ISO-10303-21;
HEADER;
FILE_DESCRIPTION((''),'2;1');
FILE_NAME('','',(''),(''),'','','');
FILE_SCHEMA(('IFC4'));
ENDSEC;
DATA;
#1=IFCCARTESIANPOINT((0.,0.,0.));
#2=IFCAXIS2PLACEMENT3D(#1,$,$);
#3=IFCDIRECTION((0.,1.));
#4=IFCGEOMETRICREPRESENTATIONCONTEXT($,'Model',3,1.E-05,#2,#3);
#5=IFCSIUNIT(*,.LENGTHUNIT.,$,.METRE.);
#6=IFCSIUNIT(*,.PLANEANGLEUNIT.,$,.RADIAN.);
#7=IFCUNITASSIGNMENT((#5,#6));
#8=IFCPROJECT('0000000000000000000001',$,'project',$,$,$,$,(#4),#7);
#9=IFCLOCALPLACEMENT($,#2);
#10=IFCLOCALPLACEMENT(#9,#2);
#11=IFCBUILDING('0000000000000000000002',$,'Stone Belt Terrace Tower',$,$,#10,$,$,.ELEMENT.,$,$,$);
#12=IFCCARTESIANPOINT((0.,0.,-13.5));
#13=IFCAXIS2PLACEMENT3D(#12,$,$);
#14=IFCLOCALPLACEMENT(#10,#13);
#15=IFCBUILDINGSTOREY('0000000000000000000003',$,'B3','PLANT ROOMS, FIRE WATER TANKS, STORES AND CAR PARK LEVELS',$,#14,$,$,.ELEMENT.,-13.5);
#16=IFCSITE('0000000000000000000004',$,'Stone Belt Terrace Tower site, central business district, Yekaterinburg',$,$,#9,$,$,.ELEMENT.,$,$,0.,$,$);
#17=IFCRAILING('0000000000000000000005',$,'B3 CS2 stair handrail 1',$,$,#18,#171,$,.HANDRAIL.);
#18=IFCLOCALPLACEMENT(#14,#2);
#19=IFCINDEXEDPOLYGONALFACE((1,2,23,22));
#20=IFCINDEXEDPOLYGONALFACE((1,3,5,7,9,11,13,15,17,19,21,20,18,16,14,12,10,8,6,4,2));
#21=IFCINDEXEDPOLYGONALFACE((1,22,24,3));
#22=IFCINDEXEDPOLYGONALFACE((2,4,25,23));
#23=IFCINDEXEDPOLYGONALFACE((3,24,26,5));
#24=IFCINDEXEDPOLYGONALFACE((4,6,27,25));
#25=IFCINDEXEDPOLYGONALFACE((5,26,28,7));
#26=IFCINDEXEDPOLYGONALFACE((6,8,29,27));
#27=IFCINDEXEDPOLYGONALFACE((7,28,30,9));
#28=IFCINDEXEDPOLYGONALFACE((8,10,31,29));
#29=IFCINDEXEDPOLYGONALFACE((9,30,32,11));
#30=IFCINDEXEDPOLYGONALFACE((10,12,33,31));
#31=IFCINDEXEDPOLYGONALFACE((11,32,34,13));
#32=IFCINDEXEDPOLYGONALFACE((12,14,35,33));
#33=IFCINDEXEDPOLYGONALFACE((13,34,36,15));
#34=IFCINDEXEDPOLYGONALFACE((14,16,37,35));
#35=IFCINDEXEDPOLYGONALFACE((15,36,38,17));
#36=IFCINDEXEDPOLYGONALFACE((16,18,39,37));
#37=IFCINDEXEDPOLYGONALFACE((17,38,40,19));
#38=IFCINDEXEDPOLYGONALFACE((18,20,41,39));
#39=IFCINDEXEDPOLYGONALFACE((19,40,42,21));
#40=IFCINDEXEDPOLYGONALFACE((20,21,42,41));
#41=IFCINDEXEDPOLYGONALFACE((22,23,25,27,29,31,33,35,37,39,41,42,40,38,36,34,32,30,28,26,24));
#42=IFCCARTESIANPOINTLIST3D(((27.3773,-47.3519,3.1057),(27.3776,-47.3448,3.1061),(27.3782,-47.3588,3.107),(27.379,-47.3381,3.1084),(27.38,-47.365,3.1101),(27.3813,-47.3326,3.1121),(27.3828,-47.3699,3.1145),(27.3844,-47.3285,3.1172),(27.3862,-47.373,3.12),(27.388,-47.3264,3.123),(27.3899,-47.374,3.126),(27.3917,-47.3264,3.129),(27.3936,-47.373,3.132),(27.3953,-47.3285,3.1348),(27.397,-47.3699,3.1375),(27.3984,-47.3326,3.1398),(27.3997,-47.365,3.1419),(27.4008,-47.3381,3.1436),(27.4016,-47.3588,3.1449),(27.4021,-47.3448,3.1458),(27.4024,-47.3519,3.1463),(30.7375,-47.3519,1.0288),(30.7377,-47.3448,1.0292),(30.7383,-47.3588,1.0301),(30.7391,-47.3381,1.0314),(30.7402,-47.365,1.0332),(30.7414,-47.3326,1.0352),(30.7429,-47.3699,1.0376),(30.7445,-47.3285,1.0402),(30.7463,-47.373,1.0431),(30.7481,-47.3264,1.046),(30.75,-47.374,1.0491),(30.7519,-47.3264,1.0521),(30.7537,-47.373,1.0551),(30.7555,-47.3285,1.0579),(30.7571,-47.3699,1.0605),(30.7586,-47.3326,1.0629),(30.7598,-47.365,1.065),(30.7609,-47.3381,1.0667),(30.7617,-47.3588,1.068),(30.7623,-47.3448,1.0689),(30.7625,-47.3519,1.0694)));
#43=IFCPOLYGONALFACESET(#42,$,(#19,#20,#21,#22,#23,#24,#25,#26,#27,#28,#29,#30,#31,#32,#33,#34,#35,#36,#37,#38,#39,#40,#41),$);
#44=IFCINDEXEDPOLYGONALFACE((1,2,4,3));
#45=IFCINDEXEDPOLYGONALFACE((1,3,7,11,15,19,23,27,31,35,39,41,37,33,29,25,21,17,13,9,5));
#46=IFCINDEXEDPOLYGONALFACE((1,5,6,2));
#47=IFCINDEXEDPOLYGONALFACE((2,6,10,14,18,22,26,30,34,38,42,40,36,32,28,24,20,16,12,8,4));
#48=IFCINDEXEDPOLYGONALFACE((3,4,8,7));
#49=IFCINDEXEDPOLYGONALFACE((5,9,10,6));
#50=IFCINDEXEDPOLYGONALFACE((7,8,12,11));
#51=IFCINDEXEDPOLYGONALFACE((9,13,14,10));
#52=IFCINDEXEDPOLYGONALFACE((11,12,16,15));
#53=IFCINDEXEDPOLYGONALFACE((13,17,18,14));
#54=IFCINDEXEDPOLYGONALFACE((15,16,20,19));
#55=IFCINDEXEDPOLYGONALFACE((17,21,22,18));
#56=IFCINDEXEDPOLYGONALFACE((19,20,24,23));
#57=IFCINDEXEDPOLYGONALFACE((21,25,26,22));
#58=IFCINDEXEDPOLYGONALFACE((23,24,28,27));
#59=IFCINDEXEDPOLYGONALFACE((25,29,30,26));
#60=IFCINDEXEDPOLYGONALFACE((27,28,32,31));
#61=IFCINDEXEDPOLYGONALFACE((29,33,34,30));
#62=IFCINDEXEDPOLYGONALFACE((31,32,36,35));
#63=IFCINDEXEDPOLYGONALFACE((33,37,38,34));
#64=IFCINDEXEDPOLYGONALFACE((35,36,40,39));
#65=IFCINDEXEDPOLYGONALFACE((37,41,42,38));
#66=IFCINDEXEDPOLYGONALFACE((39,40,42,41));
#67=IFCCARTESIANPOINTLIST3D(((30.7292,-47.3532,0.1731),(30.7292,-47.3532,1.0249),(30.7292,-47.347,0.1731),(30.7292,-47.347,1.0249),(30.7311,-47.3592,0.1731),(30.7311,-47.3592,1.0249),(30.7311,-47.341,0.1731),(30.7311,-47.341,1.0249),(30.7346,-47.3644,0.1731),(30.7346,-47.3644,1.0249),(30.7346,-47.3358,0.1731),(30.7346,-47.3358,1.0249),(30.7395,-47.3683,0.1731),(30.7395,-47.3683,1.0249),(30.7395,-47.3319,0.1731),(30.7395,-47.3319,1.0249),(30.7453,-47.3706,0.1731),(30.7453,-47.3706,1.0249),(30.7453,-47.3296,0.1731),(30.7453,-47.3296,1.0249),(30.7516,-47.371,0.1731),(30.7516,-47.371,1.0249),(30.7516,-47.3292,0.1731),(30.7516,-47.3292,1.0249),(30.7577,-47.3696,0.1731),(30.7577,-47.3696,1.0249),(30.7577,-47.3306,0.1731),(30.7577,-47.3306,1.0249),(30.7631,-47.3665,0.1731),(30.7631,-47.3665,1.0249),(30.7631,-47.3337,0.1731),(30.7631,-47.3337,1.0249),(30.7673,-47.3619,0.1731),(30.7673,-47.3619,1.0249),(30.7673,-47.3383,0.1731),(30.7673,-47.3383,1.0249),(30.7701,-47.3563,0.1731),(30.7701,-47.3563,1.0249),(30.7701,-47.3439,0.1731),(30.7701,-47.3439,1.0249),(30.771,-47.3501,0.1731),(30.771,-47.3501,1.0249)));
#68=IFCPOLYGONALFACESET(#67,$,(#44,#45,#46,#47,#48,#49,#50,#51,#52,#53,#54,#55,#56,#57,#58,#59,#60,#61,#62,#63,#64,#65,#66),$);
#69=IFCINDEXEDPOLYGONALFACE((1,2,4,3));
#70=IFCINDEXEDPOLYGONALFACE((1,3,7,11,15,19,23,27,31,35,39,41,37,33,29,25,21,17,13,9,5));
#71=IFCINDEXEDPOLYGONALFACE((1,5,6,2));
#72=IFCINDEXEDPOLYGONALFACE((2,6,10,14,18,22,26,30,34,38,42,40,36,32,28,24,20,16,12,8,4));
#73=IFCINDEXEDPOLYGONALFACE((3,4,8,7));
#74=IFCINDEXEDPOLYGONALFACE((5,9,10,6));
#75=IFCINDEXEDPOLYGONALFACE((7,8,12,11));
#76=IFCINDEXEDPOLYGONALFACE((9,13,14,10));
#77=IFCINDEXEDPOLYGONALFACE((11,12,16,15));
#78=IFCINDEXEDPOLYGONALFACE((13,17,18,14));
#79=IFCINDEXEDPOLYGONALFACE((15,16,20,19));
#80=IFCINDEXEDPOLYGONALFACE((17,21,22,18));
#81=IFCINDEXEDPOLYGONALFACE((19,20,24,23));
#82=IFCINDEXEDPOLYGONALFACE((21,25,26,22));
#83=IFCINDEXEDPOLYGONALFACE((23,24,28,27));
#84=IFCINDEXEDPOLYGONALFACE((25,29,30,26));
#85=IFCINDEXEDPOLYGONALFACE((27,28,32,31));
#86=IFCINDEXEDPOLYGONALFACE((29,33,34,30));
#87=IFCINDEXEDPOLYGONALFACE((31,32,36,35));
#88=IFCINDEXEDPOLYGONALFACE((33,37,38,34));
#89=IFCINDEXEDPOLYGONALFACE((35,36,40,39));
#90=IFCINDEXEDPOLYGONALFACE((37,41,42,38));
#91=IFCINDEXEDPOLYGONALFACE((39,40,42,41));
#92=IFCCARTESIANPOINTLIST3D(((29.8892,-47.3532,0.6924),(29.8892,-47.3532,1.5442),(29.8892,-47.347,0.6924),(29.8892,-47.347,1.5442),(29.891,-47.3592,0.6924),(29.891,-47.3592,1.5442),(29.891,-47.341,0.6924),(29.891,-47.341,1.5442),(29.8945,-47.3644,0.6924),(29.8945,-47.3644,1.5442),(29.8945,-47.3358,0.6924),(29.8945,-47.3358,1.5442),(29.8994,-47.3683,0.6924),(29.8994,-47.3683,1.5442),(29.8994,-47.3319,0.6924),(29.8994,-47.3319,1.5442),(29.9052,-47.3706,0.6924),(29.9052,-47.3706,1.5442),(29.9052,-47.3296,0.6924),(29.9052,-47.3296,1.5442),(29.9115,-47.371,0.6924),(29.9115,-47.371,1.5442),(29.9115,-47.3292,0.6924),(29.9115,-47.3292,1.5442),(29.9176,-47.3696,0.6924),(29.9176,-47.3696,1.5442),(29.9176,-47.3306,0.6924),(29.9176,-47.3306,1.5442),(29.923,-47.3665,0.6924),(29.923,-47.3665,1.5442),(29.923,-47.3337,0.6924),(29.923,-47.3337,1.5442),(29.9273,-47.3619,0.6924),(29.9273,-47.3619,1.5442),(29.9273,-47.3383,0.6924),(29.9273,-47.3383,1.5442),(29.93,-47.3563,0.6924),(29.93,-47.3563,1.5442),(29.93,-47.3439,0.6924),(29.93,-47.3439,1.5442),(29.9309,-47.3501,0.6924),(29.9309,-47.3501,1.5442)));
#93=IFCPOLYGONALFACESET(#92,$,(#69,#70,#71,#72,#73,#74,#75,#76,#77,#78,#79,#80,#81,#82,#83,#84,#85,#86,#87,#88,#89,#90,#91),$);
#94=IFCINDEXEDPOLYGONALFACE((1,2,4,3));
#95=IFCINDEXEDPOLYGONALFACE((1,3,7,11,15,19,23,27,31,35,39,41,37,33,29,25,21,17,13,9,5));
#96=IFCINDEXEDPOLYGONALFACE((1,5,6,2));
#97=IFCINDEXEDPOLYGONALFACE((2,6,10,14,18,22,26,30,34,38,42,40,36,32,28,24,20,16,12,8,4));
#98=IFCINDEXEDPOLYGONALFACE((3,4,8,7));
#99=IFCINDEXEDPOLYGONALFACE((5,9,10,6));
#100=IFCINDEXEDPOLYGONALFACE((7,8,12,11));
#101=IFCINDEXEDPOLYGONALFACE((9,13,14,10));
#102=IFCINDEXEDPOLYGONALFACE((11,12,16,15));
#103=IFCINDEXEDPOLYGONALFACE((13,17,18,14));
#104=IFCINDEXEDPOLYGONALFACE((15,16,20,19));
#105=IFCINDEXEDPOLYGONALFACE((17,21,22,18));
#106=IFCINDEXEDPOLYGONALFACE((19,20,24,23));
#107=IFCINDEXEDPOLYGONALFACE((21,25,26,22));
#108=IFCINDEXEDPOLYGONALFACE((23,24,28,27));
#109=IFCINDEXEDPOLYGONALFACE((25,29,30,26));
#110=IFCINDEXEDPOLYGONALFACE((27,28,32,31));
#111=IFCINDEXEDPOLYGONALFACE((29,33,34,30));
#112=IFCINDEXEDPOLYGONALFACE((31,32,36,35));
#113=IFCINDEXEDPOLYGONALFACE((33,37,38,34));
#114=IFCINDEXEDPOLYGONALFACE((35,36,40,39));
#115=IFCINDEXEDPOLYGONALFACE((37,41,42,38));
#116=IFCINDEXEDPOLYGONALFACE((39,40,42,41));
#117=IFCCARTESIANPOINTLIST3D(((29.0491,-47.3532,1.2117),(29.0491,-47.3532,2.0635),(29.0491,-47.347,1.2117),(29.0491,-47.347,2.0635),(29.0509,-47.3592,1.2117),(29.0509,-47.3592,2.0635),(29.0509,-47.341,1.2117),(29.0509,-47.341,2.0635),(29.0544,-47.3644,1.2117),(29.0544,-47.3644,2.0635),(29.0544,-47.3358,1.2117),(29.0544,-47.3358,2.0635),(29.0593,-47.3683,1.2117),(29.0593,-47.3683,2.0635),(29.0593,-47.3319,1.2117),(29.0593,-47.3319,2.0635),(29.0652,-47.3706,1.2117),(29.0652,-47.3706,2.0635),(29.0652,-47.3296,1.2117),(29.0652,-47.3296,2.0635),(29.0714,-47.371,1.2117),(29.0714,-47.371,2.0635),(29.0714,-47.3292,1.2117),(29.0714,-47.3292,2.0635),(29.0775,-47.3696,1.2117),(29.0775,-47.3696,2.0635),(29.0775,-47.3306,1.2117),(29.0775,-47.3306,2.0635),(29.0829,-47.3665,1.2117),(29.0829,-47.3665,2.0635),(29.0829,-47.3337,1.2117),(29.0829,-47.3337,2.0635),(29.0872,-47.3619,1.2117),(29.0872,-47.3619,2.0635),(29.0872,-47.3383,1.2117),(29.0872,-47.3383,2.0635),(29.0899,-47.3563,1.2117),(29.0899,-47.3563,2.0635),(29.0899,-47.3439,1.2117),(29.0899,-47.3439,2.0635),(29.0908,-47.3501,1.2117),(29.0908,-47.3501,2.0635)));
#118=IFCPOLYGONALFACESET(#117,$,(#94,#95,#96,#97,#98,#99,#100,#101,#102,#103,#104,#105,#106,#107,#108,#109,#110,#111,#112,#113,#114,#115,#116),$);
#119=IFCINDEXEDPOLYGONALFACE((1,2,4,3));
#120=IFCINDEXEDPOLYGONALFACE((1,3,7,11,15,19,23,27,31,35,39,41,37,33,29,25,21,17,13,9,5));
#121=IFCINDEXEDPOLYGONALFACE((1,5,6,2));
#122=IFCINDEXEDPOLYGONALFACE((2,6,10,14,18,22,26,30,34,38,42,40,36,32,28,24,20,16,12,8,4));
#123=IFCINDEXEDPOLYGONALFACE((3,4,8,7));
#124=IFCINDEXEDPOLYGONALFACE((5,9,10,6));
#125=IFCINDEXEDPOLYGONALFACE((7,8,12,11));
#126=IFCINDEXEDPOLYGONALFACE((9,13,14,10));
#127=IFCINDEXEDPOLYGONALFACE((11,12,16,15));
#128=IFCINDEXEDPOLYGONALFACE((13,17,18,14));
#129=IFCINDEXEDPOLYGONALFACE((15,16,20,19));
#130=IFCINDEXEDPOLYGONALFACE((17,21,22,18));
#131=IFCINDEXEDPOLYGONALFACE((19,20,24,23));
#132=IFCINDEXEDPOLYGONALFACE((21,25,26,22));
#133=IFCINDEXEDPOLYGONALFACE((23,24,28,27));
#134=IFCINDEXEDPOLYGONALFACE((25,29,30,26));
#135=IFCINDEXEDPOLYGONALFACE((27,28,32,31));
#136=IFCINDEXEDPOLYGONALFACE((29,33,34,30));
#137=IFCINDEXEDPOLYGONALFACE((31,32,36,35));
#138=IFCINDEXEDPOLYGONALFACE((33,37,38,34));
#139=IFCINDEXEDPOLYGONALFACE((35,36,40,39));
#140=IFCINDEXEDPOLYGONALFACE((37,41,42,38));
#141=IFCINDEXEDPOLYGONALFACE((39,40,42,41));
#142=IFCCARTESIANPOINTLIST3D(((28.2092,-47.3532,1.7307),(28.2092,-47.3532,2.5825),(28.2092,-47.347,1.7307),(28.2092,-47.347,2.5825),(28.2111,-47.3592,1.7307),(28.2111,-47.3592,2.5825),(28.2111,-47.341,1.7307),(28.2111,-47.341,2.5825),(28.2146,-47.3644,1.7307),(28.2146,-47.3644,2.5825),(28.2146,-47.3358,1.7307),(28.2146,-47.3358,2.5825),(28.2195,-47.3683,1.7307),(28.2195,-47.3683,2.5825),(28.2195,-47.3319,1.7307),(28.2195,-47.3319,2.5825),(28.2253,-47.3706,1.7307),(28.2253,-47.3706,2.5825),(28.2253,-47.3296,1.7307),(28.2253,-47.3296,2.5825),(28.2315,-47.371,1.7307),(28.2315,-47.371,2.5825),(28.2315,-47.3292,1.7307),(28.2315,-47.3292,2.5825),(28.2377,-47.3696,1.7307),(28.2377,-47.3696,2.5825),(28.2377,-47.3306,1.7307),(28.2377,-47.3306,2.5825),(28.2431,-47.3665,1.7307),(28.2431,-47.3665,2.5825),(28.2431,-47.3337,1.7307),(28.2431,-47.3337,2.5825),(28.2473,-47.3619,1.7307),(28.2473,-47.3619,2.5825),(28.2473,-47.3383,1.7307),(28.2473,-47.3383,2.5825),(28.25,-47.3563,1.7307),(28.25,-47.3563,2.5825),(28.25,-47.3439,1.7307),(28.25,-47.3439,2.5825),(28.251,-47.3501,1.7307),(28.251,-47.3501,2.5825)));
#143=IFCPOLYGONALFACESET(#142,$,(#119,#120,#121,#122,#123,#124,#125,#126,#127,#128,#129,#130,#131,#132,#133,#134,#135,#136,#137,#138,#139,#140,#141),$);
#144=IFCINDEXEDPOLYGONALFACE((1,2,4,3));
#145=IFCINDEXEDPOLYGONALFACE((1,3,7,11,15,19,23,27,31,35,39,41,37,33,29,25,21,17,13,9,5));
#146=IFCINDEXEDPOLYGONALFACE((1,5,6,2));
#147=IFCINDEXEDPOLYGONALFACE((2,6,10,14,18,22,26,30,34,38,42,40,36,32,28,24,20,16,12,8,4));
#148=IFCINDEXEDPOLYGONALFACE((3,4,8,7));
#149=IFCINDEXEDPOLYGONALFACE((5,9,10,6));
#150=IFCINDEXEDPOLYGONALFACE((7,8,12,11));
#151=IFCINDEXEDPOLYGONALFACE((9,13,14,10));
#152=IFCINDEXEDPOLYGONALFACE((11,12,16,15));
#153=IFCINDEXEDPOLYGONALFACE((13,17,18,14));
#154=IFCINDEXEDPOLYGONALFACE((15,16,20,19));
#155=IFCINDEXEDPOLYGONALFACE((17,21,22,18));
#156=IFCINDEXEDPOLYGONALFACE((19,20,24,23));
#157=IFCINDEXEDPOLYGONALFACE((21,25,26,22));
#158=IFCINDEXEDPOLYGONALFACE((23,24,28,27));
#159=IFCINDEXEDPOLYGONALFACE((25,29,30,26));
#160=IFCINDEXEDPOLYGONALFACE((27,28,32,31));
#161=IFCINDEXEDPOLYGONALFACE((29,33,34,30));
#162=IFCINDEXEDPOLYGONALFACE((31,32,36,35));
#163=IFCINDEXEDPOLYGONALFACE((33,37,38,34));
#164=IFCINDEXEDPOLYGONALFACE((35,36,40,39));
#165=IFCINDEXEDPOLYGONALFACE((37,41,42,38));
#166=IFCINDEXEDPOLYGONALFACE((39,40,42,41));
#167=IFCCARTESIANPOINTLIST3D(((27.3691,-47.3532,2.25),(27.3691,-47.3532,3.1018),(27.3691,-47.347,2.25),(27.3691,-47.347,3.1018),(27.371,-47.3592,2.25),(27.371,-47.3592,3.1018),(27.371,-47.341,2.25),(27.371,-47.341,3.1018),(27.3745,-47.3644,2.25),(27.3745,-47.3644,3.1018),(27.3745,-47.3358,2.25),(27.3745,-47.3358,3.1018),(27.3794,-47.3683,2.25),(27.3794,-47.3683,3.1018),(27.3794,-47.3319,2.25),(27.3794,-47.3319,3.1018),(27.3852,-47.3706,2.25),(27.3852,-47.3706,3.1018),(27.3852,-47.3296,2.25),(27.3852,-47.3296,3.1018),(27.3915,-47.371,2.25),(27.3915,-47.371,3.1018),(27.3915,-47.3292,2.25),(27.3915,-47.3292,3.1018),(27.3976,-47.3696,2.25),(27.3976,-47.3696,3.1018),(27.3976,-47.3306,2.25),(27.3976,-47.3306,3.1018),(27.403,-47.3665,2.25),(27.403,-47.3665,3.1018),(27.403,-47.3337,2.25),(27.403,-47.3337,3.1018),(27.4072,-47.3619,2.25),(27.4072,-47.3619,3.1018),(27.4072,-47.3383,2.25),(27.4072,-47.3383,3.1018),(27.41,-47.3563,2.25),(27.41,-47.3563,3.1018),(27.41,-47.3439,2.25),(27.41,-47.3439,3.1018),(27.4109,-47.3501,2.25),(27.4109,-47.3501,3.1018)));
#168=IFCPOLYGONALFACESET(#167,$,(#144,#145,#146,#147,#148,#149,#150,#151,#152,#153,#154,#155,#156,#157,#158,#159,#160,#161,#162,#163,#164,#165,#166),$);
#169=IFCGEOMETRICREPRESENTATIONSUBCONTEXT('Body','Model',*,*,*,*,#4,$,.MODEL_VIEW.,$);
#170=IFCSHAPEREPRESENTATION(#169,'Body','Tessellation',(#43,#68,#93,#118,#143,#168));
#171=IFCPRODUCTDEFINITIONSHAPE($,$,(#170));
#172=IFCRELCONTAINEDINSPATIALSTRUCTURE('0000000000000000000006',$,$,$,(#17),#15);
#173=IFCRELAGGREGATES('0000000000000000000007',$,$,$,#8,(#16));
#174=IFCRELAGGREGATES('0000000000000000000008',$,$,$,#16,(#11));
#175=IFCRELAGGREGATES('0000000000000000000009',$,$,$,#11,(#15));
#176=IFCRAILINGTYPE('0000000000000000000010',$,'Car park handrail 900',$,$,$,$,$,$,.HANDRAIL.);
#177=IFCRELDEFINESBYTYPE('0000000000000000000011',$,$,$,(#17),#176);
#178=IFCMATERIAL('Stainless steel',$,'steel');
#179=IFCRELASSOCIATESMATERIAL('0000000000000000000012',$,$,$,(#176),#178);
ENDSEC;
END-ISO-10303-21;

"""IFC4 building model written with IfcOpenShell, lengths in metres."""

from ifc_helpers import new_model, si_unit, direction, frame, origin, origin_2d, place, context, subcontext, project, spatial, circle, extrude, material, type_object, element, save


model = new_model("IFC4")

# Units and contexts
model_context = context("Model", 3, precision=1e-05, world=origin(), true_north=direction((0.0, 1.0)))
body_context = subcontext(model_context, "Body", "Model", "MODEL_VIEW")
ifc_project = project(units=[si_unit("LENGTHUNIT", "METRE"), si_unit("PLANEANGLEUNIT", "RADIAN")], contexts=[model_context])

# Site, building, storey
site_placement = place(None, origin())
site = spatial("IfcSite", under=ifc_project, at=site_placement, Name="Stone Belt Terrace Tower site, central business district, Yekaterinburg", CompositionType="ELEMENT", RefElevation=0.0)
building_placement = place(site_placement, origin())
building = spatial("IfcBuilding", under=site, at=building_placement, Name="Stone Belt Terrace Tower", CompositionType="ELEMENT")
storey_placement = place(building_placement, frame((0.0, 0.0, -13.5)))
storey = spatial("IfcBuildingStorey", under=building, at=storey_placement, Name="B3", Description="PLANT ROOMS, FIRE WATER TANKS, STORES AND CAR PARK LEVELS", CompositionType="ELEMENT", Elevation=-13.5)

# Shared definitions
ifc_material_1 = material(Name="Stainless steel", Category="steel")

# Railing
railing_type_1 = type_object("IfcRailingType", Name="Car park handrail 900", PredefinedType="HANDRAIL", material=ifc_material_1)
railing_1_placement = place(storey_placement, frame((30.75, -47.3501, 0.1731)))
element("IfcRailing", 1, at=railing_1_placement, inside=storey, type_object=railing_type_1, Name="B3 CS2 stair handrail 1", PredefinedType="HANDRAIL", context=body_context, shape_type="SweptSolid", body=[
    extrude(circle(Radius=0.0239, at=origin_2d()), frame((0.0, 0.0, 0.876), z_axis=(-0.850623, 0.0, 0.525776), x_axis=(0.0, -1.0, 0.0)), (0.0, 0.0, 1.0), 3.9502),
    extrude(circle(Radius=0.021, at=origin_2d()), origin(), (0.0, 0.0, 1.0), 0.8518),
    extrude(circle(Radius=0.021, at=origin_2d()), frame((-0.8401, 0.0, 0.5193)), (0.0, 0.0, 1.0), 0.8518),
    extrude(circle(Radius=0.021, at=origin_2d()), frame((-1.6802, 0.0, 1.0386)), (0.0, 0.0, 1.0), 0.8518),
    extrude(circle(Radius=0.021, at=origin_2d()), frame((-2.52, 0.0, 1.5576)), (0.0, 0.0, 1.0), 0.8518),
    extrude(circle(Radius=0.021, at=origin_2d()), frame((-3.3601, 0.0, 2.0769)), (0.0, 0.0, 1.0), 0.8518),
])

save(model, "model.ifc")
